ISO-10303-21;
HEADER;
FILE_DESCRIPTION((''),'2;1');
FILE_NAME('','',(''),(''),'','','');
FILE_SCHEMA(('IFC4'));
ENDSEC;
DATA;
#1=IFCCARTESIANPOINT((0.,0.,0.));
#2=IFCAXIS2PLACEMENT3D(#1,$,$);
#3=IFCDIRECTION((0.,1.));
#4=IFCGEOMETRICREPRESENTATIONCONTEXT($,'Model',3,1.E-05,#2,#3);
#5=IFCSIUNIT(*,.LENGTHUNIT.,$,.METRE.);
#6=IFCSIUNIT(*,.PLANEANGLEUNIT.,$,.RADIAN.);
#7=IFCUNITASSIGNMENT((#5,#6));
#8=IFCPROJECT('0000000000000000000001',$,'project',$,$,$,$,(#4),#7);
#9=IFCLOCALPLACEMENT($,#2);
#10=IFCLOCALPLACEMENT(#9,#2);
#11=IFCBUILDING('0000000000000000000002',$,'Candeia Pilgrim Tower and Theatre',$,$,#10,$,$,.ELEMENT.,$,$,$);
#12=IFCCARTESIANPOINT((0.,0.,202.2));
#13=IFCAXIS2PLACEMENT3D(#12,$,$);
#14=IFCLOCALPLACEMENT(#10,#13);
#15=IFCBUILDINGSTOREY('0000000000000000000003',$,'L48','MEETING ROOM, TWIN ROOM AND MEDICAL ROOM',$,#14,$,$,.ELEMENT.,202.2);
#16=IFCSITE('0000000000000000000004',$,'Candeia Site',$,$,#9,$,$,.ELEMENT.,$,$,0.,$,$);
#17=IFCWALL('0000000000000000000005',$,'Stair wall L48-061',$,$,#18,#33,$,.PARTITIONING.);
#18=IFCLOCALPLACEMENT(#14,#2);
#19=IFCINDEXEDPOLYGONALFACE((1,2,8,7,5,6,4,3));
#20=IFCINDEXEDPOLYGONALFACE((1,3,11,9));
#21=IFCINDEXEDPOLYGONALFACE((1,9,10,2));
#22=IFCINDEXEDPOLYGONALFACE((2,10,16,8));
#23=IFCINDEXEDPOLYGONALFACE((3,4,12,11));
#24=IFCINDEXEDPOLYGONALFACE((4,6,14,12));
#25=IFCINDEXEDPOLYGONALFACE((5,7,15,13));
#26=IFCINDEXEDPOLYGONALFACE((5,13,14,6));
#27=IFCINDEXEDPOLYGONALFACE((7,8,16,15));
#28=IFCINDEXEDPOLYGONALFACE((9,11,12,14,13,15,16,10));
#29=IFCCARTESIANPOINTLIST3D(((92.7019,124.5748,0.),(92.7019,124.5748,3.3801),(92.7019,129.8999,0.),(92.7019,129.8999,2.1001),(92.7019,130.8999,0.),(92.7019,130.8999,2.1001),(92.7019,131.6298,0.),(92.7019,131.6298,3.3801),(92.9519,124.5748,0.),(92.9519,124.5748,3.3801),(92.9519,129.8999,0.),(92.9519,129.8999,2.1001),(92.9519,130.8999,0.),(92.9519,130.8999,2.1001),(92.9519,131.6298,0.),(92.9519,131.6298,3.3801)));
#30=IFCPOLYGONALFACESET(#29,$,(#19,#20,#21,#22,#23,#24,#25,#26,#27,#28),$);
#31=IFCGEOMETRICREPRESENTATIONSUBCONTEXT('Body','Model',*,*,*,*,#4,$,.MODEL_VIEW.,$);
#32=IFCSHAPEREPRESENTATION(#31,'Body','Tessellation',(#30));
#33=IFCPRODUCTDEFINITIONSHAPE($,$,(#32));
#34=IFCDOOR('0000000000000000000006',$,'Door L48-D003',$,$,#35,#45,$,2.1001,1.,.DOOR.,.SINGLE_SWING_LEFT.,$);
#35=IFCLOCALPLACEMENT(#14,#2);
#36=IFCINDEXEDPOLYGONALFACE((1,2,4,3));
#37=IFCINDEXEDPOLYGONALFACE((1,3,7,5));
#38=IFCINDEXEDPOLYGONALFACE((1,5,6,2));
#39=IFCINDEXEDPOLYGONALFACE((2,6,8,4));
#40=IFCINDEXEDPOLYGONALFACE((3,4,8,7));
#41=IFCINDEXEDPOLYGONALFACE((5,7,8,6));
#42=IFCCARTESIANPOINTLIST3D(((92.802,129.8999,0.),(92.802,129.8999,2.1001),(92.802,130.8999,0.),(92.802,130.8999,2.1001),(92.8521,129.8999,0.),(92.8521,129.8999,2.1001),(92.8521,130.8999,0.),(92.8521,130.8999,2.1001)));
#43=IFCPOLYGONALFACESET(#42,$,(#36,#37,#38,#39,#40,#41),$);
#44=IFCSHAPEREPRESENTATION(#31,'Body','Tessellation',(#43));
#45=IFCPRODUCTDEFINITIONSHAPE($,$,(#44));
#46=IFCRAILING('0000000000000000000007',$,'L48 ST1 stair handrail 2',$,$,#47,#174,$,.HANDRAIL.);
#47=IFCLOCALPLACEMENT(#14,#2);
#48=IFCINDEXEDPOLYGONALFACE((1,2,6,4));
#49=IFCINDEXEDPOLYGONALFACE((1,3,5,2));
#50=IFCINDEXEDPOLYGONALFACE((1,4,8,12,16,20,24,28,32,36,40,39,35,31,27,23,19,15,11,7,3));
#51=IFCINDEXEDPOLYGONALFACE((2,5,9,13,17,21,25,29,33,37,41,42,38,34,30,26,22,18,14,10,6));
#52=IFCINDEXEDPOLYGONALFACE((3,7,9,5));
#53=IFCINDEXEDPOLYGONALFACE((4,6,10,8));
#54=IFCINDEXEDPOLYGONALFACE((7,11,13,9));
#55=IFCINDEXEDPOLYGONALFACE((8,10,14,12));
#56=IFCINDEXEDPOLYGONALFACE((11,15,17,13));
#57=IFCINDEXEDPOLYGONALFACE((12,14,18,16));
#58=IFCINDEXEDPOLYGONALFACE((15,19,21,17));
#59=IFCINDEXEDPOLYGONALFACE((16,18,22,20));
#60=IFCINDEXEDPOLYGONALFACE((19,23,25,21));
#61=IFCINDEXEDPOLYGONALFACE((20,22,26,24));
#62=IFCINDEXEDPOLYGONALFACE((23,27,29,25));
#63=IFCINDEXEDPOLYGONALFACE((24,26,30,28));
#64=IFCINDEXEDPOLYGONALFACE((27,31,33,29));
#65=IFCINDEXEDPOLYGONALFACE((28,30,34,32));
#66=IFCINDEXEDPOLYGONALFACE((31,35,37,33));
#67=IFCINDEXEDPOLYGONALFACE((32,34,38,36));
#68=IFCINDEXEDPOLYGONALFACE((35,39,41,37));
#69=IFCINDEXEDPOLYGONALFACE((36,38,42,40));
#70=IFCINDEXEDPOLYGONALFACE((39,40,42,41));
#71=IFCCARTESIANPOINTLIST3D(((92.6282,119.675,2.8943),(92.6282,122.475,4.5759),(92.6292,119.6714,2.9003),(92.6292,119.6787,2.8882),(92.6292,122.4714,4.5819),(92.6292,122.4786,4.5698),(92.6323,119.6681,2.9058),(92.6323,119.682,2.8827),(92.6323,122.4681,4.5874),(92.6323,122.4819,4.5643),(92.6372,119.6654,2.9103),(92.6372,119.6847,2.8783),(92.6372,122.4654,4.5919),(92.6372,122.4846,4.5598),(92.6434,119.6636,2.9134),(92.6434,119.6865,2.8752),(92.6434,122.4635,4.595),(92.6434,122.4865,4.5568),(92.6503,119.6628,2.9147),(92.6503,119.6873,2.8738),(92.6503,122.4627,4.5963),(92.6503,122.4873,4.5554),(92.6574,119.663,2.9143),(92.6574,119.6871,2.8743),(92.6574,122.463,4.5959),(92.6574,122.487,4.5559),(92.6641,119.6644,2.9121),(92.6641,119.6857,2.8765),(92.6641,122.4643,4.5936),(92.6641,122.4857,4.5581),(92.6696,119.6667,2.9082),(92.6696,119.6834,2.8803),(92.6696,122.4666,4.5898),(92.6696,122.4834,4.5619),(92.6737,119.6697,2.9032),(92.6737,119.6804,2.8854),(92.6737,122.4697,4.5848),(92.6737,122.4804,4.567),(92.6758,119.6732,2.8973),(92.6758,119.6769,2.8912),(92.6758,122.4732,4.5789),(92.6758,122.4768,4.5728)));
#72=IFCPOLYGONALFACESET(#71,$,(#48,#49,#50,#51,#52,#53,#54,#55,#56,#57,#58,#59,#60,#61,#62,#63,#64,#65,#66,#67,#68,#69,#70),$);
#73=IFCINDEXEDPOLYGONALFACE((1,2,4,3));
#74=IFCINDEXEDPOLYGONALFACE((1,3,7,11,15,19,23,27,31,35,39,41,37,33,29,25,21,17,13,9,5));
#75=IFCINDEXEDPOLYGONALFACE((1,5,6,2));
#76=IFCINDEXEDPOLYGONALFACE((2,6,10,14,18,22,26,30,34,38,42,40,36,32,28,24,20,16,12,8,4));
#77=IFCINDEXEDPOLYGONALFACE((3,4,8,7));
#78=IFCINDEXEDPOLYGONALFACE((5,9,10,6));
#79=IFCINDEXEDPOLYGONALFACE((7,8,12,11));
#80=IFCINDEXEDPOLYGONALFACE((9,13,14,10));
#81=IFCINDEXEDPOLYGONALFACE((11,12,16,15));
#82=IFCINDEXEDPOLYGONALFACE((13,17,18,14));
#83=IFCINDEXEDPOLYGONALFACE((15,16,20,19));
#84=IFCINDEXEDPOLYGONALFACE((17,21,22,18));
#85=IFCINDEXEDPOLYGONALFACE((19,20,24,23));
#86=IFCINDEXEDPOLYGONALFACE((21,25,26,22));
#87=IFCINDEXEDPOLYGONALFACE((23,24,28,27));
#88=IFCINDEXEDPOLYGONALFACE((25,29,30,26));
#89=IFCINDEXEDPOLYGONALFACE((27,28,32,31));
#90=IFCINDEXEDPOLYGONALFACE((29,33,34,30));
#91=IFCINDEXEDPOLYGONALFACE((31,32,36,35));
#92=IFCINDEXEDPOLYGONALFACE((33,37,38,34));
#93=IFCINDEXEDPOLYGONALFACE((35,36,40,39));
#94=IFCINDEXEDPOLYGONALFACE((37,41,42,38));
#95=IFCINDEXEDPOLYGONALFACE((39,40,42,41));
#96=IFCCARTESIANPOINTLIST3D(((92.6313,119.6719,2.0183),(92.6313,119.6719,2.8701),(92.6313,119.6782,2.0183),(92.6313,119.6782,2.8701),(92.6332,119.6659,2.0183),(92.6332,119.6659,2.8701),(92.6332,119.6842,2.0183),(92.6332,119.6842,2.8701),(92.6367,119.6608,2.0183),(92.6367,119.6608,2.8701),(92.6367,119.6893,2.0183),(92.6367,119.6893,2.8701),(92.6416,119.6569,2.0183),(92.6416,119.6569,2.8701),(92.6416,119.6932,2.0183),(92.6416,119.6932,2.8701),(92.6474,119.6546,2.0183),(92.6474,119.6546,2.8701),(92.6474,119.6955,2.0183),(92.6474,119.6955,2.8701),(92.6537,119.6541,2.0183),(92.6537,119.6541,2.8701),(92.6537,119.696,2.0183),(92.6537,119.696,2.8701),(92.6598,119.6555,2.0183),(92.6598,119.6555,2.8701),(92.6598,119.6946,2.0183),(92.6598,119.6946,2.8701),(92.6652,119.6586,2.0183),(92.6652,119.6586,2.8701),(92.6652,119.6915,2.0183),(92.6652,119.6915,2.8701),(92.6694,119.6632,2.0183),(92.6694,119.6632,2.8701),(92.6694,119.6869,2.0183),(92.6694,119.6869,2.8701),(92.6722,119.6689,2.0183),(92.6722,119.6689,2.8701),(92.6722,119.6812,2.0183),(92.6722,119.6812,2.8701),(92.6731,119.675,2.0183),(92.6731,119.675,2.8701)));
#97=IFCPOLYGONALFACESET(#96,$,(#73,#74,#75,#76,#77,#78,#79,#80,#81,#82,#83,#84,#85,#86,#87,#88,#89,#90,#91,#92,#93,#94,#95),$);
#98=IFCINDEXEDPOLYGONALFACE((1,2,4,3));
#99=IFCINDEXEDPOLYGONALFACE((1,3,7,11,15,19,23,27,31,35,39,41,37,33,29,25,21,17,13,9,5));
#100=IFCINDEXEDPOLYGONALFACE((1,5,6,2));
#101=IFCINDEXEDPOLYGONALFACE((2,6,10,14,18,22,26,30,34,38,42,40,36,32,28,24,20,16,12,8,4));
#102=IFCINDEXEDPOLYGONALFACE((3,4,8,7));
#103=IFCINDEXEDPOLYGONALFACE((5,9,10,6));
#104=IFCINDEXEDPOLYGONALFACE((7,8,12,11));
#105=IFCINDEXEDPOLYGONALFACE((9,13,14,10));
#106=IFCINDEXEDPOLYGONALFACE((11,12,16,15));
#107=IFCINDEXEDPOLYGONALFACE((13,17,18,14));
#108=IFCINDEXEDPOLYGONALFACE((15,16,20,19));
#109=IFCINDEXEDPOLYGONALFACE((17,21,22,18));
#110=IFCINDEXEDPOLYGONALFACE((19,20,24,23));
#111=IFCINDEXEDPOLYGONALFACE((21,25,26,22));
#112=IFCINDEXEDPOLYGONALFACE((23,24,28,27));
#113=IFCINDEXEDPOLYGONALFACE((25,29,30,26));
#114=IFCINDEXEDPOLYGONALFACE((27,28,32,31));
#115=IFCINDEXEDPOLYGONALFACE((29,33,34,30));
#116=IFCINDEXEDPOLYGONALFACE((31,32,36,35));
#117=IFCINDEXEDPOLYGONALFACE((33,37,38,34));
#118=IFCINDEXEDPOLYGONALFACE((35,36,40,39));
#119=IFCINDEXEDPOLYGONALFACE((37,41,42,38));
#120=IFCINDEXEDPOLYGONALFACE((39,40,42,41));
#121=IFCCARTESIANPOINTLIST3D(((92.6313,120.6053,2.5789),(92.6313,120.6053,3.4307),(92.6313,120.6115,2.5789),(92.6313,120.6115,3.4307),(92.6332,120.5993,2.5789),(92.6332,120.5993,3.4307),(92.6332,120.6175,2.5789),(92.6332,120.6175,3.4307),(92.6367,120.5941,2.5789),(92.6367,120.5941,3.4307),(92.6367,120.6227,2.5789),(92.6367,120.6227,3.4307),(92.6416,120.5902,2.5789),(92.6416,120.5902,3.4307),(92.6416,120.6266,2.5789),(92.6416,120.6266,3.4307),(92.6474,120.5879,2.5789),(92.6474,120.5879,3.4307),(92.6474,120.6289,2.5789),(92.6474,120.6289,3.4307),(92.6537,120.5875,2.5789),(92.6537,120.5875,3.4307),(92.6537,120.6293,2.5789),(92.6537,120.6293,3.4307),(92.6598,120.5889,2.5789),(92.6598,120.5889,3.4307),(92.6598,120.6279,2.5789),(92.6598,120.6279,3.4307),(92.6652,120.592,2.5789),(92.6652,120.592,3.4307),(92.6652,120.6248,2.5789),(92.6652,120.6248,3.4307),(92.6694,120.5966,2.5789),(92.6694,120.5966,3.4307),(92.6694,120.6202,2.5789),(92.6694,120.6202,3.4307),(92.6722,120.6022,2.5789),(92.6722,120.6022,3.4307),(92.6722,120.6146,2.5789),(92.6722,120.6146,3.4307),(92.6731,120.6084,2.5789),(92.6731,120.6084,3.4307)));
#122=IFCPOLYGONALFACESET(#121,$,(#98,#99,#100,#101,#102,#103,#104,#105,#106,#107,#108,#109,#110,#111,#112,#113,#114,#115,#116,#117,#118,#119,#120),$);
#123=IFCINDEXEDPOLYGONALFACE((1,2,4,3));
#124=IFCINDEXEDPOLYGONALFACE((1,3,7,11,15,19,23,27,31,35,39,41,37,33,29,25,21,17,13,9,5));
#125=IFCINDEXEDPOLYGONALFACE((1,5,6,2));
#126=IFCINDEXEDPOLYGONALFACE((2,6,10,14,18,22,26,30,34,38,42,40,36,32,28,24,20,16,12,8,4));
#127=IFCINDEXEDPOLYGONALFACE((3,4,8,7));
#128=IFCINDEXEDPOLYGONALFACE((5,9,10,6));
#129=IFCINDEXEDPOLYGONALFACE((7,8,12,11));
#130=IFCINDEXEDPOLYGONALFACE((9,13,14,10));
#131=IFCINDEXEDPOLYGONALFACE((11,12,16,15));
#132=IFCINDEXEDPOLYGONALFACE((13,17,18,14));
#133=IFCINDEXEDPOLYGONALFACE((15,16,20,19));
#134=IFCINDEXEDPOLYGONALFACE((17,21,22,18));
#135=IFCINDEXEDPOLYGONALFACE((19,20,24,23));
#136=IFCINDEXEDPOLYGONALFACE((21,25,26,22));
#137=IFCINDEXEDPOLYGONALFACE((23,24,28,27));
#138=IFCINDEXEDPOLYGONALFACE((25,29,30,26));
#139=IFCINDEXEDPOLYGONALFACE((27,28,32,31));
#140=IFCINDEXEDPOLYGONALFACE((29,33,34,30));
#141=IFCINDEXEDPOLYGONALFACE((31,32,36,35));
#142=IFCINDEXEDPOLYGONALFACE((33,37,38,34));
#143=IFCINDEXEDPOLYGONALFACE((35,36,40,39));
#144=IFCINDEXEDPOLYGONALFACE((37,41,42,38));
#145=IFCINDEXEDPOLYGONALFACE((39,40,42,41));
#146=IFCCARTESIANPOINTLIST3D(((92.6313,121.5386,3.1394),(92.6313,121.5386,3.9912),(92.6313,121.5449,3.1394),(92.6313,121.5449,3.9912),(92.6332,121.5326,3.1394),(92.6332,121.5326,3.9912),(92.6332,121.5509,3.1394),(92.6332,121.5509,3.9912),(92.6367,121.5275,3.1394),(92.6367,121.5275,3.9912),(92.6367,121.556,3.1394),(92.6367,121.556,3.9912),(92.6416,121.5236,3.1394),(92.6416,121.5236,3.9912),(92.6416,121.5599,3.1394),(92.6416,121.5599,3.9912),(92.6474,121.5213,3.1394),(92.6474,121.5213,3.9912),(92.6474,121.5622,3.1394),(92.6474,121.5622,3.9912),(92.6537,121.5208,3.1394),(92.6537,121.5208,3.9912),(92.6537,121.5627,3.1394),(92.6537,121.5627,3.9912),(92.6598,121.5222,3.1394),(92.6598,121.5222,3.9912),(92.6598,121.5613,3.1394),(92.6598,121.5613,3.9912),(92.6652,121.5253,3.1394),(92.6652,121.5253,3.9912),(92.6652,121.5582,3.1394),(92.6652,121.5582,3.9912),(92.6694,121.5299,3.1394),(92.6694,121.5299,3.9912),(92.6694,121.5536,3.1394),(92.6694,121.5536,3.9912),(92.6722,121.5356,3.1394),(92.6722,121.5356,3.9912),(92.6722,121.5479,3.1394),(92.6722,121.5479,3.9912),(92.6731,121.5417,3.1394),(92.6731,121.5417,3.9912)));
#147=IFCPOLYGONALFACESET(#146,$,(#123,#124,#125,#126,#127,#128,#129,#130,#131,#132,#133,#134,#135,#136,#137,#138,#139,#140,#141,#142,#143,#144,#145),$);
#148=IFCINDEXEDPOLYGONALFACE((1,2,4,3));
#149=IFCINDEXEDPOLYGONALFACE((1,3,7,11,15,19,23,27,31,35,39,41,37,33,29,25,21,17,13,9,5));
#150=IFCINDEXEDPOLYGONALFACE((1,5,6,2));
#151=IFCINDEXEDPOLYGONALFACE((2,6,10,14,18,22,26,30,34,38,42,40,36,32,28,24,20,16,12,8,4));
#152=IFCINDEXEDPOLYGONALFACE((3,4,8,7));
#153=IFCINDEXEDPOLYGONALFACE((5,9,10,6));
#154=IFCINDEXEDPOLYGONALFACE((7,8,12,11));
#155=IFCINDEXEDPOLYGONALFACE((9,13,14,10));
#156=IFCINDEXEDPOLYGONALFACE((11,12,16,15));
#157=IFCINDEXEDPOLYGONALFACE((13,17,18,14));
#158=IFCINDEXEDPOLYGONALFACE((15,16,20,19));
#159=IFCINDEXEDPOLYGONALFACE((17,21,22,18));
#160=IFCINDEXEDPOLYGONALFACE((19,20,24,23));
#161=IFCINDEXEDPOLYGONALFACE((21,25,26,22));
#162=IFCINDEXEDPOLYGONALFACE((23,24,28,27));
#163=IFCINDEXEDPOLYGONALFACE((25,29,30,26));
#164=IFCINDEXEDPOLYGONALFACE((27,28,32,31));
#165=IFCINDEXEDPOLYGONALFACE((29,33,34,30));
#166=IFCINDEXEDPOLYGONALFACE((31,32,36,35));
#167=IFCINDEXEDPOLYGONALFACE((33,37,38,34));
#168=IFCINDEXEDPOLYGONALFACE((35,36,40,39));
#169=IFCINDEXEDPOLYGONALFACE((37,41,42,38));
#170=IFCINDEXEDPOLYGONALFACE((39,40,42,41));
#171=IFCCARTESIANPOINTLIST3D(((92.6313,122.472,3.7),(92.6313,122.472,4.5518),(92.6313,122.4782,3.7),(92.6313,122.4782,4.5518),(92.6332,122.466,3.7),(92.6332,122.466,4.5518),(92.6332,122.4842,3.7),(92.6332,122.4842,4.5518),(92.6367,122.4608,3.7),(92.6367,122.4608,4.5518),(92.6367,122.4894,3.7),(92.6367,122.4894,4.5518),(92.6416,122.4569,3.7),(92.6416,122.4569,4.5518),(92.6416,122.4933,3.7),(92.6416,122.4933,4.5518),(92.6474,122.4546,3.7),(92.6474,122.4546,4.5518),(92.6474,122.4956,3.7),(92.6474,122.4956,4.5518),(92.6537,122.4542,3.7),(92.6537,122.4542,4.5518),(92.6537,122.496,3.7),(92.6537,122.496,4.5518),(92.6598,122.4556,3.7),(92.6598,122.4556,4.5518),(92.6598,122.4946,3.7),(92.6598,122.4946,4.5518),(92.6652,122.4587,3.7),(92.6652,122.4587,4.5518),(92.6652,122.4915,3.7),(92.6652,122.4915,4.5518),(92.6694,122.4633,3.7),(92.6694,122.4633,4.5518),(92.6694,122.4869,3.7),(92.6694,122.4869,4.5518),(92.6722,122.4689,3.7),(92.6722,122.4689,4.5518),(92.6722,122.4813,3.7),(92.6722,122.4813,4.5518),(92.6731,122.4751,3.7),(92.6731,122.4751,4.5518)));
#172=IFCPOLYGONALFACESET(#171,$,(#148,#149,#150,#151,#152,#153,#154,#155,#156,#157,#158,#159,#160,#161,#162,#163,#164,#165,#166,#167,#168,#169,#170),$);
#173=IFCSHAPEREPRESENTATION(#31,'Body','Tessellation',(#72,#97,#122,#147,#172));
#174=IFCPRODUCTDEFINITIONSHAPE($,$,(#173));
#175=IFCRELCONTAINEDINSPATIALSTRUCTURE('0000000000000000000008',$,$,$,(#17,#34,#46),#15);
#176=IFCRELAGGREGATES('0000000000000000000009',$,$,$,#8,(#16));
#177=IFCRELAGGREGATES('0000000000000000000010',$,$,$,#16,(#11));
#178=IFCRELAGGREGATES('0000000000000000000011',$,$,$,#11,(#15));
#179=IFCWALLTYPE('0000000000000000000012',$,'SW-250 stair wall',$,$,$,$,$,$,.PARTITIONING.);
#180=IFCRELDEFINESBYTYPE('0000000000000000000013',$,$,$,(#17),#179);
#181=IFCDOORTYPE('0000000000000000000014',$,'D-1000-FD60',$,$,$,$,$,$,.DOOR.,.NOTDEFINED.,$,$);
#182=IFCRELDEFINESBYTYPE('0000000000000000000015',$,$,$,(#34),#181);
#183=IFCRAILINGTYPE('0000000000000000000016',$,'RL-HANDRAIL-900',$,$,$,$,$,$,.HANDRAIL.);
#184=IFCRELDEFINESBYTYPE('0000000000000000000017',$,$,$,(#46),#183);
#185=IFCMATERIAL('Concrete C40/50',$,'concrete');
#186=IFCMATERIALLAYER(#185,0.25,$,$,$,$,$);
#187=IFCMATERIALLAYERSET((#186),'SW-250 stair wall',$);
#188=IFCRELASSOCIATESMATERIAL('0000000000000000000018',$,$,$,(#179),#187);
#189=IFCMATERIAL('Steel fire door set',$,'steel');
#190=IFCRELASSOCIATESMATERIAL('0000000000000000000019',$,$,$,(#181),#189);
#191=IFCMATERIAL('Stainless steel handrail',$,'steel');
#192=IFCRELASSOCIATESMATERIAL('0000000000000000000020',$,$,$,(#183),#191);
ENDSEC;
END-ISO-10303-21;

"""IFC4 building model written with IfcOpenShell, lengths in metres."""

from ifc_helpers import new_model, si_unit, direction, frame, frame_2d, origin, origin_2d, place, context, subcontext, project, spatial, rectangle, circle, extrude, material, layer, layer_set, type_object, element, fill, save


model = new_model("IFC4")

# Units and contexts
model_context = context("Model", 3, precision=1e-05, world=origin(), true_north=direction((0.0, 1.0)))
body_context = subcontext(model_context, "Body", "Model", "MODEL_VIEW")
ifc_project = project(units=[si_unit("LENGTHUNIT", "METRE"), si_unit("PLANEANGLEUNIT", "RADIAN")], contexts=[model_context])

# Site, building, storey
site_placement = place(None, origin())
site = spatial("IfcSite", under=ifc_project, at=site_placement, Name="Candeia Site", CompositionType="ELEMENT", RefElevation=0.0)
building_placement = place(site_placement, origin())
building = spatial("IfcBuilding", under=site, at=building_placement, Name="Candeia Pilgrim Tower and Theatre", CompositionType="ELEMENT")
storey_placement = place(building_placement, frame((0.0, 0.0, 202.2)))
storey = spatial("IfcBuildingStorey", under=building, at=storey_placement, Name="L48", Description="MEETING ROOM, TWIN ROOM AND MEDICAL ROOM", CompositionType="ELEMENT", Elevation=202.2)

# Shared definitions
ifc_material_1 = material(Name="Steel fire door set", Category="steel")

# Shared definitions
ifc_material_2 = material(Name="Concrete C40/50", Category="concrete")

# Wall, opening, door
ifc_layer_1 = layer(ifc_material_2, 0.25)
ifc_layer_set_1 = layer_set([ifc_layer_1], Name="SW-250 stair wall")
wall_type_1 = type_object("IfcWallType", Name="SW-250 stair wall", PredefinedType="PARTITIONING", material=ifc_layer_set_1)
wall_1_placement = place(storey_placement, frame((92.8269, 124.575, 0.0), z_axis=(0.0, 0.0, 1.0), x_axis=(0.0, 1.0, 0.0)))
wall_1 = element("IfcWall", 1, at=wall_1_placement, inside=storey, type_object=wall_type_1, Name="Stair wall L48-061", PredefinedType="PARTITIONING", context=body_context, shape_type="SweptSolid", body=[
    extrude(rectangle(XDim=7.0549, YDim=0.25, at=frame_2d((3.5273, 0.0))), origin(), (0.0, 0.0, 1.0), 3.3801),
])
opening_1_placement = place(wall_1_placement, frame((5.325, 0.0, 0.0)))
opening_1 = element("IfcOpeningElement", 2, at=opening_1_placement, cuts=wall_1, PredefinedType="OPENING", context=body_context, shape_type="SweptSolid", body=[
    extrude(rectangle(XDim=1.0, YDim=2.1001, at=frame_2d((0.5, 1.05))), frame((0.0, 0.135, 0.0), z_axis=(0.0, -1.0, 0.0), x_axis=(1.0, 0.0, 0.0)), (0.0, 0.0, 1.0), 0.27),
])
door_type_1 = type_object("IfcDoorType", Name="D-1000-FD60", OperationType="NOTDEFINED", PredefinedType="DOOR", material=ifc_material_1)
door_1_placement = place(opening_1_placement, origin())
door_1 = element("IfcDoor", 3, at=door_1_placement, inside=storey, type_object=door_type_1, Name="Door L48-D003", OperationType="SINGLE_SWING_LEFT", OverallHeight=2.1001, OverallWidth=1.0, PredefinedType="DOOR", context=body_context, shape_type="SweptSolid", body=[
    extrude(rectangle(XDim=1.0, YDim=2.1001, at=frame_2d((0.5, 1.05))), frame((0.0, 0.0249, 0.0), z_axis=(0.0, -1.0, 0.0), x_axis=(1.0, 0.0, 0.0)), (0.0, 0.0, 1.0), 0.05),
])
fill(opening_1, door_1)

# Railing
ifc_material_3 = material(Name="Stainless steel handrail", Category="steel")
railing_type = type_object("IfcRailingType", Name="RL-HANDRAIL-900", PredefinedType="HANDRAIL", material=ifc_material_3)
for number, where, name in (
    (4, (92.6521, 119.675, 2.0183), "L48 ST1 stair handrail 2"),
):
    element("IfcRailing", number, at=place(storey_placement, frame(where)), inside=storey, type_object=railing_type, Name=name, PredefinedType="HANDRAIL", context=body_context, shape_type="SweptSolid", body=[
        extrude(circle(Radius=0.0239, at=origin_2d()), frame((0.0, 0.0, 0.876), z_axis=(0.0, 0.857275, 0.514858), x_axis=(-1.0, 0.0, 0.0)), (0.0, 0.0, 1.0), 3.2661),
        extrude(circle(Radius=0.021, at=origin_2d()), origin(), (0.0, 0.0, 1.0), 0.8518),
        extrude(circle(Radius=0.021, at=origin_2d()), frame((0.0, 0.9333, 0.5605)), (0.0, 0.0, 1.0), 0.8518),
        extrude(circle(Radius=0.021, at=origin_2d()), frame((0.0, 1.8667, 1.1211)), (0.0, 0.0, 1.0), 0.8518),
        extrude(circle(Radius=0.021, at=origin_2d()), frame((0.0, 2.8, 1.6816)), (0.0, 0.0, 1.0), 0.8518),
    ])

save(model, "model.ifc")
